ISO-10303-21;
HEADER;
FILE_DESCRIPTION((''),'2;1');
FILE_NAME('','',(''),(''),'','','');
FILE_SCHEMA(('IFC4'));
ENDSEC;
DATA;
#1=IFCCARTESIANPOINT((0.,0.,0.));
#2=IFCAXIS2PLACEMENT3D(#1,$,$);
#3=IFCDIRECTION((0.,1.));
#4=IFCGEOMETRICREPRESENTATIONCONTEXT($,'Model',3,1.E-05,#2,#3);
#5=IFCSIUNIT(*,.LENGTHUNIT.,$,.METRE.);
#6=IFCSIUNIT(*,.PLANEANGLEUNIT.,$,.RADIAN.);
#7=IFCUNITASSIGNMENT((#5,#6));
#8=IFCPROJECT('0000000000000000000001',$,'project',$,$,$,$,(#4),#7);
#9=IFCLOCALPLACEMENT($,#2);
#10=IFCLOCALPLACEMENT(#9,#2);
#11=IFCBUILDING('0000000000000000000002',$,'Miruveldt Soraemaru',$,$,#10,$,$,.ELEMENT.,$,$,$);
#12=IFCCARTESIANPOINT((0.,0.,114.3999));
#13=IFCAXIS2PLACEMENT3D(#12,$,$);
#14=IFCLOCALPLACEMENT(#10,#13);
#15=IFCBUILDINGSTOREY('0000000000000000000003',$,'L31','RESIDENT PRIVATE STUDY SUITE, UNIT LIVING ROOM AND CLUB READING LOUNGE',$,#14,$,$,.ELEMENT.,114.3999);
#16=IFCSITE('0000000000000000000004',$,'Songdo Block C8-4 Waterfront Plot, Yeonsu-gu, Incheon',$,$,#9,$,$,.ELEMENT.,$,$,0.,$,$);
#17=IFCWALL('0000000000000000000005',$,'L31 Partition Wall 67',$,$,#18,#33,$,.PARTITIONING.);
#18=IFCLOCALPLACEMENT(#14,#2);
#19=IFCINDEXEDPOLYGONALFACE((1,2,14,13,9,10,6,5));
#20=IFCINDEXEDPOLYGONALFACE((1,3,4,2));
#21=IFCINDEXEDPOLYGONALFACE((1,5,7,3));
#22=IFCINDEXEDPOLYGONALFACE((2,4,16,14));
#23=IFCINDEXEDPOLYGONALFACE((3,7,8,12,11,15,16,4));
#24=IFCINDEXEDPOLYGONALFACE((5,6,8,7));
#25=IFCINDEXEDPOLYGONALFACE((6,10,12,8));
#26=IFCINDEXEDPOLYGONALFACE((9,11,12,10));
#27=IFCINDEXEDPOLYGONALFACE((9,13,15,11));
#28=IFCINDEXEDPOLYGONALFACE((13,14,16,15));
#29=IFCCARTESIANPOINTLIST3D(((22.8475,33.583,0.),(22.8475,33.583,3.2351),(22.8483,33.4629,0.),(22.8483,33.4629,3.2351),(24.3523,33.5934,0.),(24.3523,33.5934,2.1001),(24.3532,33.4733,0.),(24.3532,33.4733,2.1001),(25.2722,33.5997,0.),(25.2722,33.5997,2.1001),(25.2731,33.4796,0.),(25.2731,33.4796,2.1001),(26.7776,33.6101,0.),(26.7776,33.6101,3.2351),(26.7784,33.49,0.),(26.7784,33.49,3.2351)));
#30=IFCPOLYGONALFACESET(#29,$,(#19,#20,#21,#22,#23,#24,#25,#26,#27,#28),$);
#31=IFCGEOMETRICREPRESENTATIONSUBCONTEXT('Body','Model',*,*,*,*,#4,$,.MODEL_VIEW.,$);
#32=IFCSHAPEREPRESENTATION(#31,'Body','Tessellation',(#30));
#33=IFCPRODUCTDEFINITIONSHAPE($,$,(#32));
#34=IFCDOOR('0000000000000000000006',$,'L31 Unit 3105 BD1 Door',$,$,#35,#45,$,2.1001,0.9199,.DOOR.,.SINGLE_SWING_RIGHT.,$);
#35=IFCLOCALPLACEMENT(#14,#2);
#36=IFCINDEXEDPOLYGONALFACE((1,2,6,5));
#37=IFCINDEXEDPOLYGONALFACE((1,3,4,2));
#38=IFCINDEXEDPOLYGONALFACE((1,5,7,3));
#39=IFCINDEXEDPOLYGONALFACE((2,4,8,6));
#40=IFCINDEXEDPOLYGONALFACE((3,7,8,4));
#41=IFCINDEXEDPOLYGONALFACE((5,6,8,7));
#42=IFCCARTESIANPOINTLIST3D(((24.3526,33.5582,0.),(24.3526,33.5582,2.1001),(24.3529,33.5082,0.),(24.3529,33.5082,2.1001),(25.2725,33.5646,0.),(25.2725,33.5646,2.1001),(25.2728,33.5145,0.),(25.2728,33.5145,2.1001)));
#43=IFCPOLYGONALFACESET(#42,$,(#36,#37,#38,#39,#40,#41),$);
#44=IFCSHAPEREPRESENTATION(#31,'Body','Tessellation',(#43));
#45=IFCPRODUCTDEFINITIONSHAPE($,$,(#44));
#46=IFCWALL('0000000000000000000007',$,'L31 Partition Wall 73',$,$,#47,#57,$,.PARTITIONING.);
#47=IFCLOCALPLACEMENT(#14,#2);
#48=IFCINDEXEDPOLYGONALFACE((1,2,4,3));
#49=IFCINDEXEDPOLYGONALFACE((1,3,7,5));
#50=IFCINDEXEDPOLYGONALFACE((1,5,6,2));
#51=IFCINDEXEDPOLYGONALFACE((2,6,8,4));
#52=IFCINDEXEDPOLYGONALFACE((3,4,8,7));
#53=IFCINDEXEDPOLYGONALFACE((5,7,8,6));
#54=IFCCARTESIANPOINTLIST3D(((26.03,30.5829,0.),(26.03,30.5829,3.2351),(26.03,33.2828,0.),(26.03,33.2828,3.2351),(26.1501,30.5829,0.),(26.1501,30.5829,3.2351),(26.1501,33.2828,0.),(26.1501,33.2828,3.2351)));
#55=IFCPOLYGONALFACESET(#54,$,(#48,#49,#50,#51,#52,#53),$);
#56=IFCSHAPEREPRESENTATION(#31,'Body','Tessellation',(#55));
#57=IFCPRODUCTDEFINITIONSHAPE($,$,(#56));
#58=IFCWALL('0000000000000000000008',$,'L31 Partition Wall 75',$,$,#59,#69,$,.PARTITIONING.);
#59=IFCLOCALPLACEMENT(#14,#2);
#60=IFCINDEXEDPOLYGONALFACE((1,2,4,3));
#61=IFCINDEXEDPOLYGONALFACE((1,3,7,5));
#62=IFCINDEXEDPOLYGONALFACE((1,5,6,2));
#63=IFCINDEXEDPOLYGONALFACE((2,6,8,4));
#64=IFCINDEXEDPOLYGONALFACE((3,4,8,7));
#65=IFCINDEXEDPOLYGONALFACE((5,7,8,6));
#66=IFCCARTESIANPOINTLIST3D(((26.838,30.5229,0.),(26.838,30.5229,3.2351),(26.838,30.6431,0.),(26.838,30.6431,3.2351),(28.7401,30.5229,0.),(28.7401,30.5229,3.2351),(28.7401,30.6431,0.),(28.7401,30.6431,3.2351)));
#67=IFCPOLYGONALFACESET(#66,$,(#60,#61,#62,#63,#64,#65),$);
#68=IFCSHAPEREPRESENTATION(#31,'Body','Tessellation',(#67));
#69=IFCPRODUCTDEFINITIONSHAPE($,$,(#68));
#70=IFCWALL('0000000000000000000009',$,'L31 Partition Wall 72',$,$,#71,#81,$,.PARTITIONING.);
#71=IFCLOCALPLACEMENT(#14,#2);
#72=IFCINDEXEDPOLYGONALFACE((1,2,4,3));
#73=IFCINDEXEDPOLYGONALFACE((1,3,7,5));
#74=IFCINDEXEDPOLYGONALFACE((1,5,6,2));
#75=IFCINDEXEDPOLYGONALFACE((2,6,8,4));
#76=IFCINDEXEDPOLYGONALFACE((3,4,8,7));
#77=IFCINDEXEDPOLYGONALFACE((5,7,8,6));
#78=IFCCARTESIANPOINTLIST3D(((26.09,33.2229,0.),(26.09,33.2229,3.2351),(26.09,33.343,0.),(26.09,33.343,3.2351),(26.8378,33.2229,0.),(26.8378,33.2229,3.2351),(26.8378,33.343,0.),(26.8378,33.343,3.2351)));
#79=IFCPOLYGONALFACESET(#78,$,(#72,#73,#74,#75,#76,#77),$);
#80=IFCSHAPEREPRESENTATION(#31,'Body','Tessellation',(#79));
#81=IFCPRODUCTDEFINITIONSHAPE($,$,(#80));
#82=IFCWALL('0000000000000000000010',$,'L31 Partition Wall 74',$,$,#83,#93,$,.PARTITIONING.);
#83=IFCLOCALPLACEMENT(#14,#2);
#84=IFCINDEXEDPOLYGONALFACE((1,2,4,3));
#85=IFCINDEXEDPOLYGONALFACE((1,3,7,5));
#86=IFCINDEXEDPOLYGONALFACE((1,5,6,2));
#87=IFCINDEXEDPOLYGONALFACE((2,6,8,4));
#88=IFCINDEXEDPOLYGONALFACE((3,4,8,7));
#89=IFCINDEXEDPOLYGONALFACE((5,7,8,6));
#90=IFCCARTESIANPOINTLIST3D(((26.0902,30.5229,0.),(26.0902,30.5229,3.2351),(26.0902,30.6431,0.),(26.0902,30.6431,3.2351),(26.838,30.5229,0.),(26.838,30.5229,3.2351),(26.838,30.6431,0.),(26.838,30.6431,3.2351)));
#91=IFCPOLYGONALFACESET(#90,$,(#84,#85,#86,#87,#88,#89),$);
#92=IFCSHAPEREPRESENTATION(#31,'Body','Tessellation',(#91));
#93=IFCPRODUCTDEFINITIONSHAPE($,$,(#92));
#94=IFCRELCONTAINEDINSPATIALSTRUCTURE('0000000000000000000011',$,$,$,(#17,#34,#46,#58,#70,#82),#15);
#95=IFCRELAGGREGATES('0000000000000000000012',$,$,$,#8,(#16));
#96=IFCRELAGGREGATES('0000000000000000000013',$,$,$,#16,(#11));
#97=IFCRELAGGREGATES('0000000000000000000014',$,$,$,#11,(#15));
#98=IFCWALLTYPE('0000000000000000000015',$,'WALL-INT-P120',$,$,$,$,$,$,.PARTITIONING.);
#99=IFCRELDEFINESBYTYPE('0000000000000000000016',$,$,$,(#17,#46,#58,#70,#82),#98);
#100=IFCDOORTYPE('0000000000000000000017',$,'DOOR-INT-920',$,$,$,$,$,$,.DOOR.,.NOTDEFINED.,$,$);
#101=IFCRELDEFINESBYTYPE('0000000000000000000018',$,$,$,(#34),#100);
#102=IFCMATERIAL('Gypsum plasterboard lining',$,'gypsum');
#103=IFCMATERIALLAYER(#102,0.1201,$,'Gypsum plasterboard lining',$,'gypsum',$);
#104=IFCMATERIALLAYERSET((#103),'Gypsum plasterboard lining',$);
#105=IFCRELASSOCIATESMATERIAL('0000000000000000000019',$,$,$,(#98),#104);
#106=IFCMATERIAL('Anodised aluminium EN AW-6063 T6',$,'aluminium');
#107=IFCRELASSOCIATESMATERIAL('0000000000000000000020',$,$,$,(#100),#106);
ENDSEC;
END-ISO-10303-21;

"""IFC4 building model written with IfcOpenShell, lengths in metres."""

from ifc_helpers import new_model, si_unit, direction, frame, frame_2d, origin, place, context, subcontext, project, spatial, rectangle, extrude, material, layer, layer_set, type_object, element, fill, save


model = new_model("IFC4")

# Units and contexts
model_context = context("Model", 3, precision=1e-05, world=origin(), true_north=direction((0.0, 1.0)))
body_context = subcontext(model_context, "Body", "Model", "MODEL_VIEW")
ifc_project = project(units=[si_unit("LENGTHUNIT", "METRE"), si_unit("PLANEANGLEUNIT", "RADIAN")], contexts=[model_context])

# Site, building, storey
site_placement = place(None, origin())
site = spatial("IfcSite", under=ifc_project, at=site_placement, Name="Songdo Block C8-4 Waterfront Plot, Yeonsu-gu, Incheon", CompositionType="ELEMENT", RefElevation=0.0)
building_placement = place(site_placement, origin())
building = spatial("IfcBuilding", under=site, at=building_placement, Name="Miruveldt Soraemaru", CompositionType="ELEMENT")
storey_placement = place(building_placement, frame((0.0, 0.0, 114.3999)))
storey = spatial("IfcBuildingStorey", under=building, at=storey_placement, Name="L31", Description="RESIDENT PRIVATE STUDY SUITE, UNIT LIVING ROOM AND CLUB READING LOUNGE", CompositionType="ELEMENT", Elevation=114.3999)

# Shared definitions
ifc_material_1 = material(Name="Anodised aluminium EN AW-6063 T6", Category="aluminium")

# Wall, opening, door
ifc_material_2 = material(Name="Gypsum plasterboard lining", Category="gypsum")
ifc_layer_1 = layer(ifc_material_2, 0.1201, Name="Gypsum plasterboard lining", Category="gypsum")
ifc_layer_set_1 = layer_set([ifc_layer_1], Name="Gypsum plasterboard lining")
wall_type_1 = type_object("IfcWallType", Name="WALL-INT-P120", PredefinedType="PARTITIONING", material=ifc_layer_set_1)
wall_1_placement = place(storey_placement, frame((22.8479, 33.5229, 0.0), z_axis=(0.0, 0.0, 1.0), x_axis=(0.999976, 0.006895, 0.0)))
wall_1 = element("IfcWall", 1, at=wall_1_placement, inside=storey, type_object=wall_type_1, Name="L31 Partition Wall 67", PredefinedType="PARTITIONING", context=body_context, shape_type="SweptSolid", body=[
    extrude(rectangle(XDim=3.9302, YDim=0.1201, at=frame_2d((1.9651, 0.0))), origin(), (0.0, 0.0, 1.0), 3.2351),
])
opening_1_placement = place(wall_1_placement, frame((1.5049, 0.0, 0.0)))
opening_1 = element("IfcOpeningElement", 2, at=opening_1_placement, cuts=wall_1, PredefinedType="OPENING", context=body_context, shape_type="SweptSolid", body=[
    extrude(rectangle(XDim=0.9199, YDim=2.1001, at=frame_2d((0.46, 1.05))), frame((0.0, 0.0701, 0.0), z_axis=(0.0, -1.0, 0.0), x_axis=(1.0, 0.0, 0.0)), (0.0, 0.0, 1.0), 0.1401),
])
door_type = type_object("IfcDoorType", Name="DOOR-INT-920", OperationType="NOTDEFINED", PredefinedType="DOOR", material=ifc_material_1)
door_placement = place(opening_1_placement, origin())
door = element("IfcDoor", 3, at=door_placement, inside=storey, type_object=door_type, Name="L31 Unit 3105 BD1 Door", OperationType="SINGLE_SWING_RIGHT", OverallHeight=2.1001, OverallWidth=0.9199, PredefinedType="DOOR", context=body_context, shape_type="SweptSolid", body=[
    extrude(rectangle(XDim=0.9199, YDim=2.1001, at=frame_2d((0.46, 1.05))), frame((0.0, 0.0249, 0.0), z_axis=(0.0, -1.0, 0.0), x_axis=(1.0, 0.0, 0.0)), (0.0, 0.0, 1.0), 0.05),
])
fill(opening_1, door)

# Walls
wall_2_placement = place(storey_placement, frame((26.0901, 33.283, 0.0), z_axis=(0.0, 0.0, 1.0), x_axis=(0.0, -1.0, 0.0)))
element("IfcWall", 4, at=wall_2_placement, inside=storey, type_object=wall_type_1, Name="L31 Partition Wall 73", PredefinedType="PARTITIONING", context=body_context, shape_type="SweptSolid", body=[
    extrude(rectangle(XDim=2.7, YDim=0.1201, at=frame_2d((1.3501, 0.0))), origin(), (0.0, 0.0, 1.0), 3.2351),
])
wall_3_placement = place(storey_placement, frame((26.8379, 30.583, 0.0), z_axis=(0.0, 0.0, 1.0), x_axis=(1.0, 0.0, 0.0)))
element("IfcWall", 5, at=wall_3_placement, inside=storey, type_object=wall_type_1, Name="L31 Partition Wall 75", PredefinedType="PARTITIONING", context=body_context, shape_type="SweptSolid", body=[
    extrude(rectangle(XDim=1.9021, YDim=0.1201, at=frame_2d((0.9512, 0.0))), origin(), (0.0, 0.0, 1.0), 3.2351),
])
for number, where, z_axis, x_axis, name in (
    (6, (26.8379, 33.283, 0.0), (0.0, 0.0, 1.0), (-1.0, 0.0, 0.0), "L31 Partition Wall 72"),
    (7, (26.0901, 30.583, 0.0), (0.0, 0.0, 1.0), (1.0, 0.0, 0.0), "L31 Partition Wall 74"),
):
    element("IfcWall", number, at=place(storey_placement, frame(where, z_axis=z_axis, x_axis=x_axis)), inside=storey, type_object=wall_type_1, Name=name, PredefinedType="PARTITIONING", context=body_context, shape_type="SweptSolid", body=[
        extrude(rectangle(XDim=0.7478, YDim=0.1201, at=frame_2d((0.374, 0.0))), origin(), (0.0, 0.0, 1.0), 3.2351),
    ])

save(model, "model.ifc")
